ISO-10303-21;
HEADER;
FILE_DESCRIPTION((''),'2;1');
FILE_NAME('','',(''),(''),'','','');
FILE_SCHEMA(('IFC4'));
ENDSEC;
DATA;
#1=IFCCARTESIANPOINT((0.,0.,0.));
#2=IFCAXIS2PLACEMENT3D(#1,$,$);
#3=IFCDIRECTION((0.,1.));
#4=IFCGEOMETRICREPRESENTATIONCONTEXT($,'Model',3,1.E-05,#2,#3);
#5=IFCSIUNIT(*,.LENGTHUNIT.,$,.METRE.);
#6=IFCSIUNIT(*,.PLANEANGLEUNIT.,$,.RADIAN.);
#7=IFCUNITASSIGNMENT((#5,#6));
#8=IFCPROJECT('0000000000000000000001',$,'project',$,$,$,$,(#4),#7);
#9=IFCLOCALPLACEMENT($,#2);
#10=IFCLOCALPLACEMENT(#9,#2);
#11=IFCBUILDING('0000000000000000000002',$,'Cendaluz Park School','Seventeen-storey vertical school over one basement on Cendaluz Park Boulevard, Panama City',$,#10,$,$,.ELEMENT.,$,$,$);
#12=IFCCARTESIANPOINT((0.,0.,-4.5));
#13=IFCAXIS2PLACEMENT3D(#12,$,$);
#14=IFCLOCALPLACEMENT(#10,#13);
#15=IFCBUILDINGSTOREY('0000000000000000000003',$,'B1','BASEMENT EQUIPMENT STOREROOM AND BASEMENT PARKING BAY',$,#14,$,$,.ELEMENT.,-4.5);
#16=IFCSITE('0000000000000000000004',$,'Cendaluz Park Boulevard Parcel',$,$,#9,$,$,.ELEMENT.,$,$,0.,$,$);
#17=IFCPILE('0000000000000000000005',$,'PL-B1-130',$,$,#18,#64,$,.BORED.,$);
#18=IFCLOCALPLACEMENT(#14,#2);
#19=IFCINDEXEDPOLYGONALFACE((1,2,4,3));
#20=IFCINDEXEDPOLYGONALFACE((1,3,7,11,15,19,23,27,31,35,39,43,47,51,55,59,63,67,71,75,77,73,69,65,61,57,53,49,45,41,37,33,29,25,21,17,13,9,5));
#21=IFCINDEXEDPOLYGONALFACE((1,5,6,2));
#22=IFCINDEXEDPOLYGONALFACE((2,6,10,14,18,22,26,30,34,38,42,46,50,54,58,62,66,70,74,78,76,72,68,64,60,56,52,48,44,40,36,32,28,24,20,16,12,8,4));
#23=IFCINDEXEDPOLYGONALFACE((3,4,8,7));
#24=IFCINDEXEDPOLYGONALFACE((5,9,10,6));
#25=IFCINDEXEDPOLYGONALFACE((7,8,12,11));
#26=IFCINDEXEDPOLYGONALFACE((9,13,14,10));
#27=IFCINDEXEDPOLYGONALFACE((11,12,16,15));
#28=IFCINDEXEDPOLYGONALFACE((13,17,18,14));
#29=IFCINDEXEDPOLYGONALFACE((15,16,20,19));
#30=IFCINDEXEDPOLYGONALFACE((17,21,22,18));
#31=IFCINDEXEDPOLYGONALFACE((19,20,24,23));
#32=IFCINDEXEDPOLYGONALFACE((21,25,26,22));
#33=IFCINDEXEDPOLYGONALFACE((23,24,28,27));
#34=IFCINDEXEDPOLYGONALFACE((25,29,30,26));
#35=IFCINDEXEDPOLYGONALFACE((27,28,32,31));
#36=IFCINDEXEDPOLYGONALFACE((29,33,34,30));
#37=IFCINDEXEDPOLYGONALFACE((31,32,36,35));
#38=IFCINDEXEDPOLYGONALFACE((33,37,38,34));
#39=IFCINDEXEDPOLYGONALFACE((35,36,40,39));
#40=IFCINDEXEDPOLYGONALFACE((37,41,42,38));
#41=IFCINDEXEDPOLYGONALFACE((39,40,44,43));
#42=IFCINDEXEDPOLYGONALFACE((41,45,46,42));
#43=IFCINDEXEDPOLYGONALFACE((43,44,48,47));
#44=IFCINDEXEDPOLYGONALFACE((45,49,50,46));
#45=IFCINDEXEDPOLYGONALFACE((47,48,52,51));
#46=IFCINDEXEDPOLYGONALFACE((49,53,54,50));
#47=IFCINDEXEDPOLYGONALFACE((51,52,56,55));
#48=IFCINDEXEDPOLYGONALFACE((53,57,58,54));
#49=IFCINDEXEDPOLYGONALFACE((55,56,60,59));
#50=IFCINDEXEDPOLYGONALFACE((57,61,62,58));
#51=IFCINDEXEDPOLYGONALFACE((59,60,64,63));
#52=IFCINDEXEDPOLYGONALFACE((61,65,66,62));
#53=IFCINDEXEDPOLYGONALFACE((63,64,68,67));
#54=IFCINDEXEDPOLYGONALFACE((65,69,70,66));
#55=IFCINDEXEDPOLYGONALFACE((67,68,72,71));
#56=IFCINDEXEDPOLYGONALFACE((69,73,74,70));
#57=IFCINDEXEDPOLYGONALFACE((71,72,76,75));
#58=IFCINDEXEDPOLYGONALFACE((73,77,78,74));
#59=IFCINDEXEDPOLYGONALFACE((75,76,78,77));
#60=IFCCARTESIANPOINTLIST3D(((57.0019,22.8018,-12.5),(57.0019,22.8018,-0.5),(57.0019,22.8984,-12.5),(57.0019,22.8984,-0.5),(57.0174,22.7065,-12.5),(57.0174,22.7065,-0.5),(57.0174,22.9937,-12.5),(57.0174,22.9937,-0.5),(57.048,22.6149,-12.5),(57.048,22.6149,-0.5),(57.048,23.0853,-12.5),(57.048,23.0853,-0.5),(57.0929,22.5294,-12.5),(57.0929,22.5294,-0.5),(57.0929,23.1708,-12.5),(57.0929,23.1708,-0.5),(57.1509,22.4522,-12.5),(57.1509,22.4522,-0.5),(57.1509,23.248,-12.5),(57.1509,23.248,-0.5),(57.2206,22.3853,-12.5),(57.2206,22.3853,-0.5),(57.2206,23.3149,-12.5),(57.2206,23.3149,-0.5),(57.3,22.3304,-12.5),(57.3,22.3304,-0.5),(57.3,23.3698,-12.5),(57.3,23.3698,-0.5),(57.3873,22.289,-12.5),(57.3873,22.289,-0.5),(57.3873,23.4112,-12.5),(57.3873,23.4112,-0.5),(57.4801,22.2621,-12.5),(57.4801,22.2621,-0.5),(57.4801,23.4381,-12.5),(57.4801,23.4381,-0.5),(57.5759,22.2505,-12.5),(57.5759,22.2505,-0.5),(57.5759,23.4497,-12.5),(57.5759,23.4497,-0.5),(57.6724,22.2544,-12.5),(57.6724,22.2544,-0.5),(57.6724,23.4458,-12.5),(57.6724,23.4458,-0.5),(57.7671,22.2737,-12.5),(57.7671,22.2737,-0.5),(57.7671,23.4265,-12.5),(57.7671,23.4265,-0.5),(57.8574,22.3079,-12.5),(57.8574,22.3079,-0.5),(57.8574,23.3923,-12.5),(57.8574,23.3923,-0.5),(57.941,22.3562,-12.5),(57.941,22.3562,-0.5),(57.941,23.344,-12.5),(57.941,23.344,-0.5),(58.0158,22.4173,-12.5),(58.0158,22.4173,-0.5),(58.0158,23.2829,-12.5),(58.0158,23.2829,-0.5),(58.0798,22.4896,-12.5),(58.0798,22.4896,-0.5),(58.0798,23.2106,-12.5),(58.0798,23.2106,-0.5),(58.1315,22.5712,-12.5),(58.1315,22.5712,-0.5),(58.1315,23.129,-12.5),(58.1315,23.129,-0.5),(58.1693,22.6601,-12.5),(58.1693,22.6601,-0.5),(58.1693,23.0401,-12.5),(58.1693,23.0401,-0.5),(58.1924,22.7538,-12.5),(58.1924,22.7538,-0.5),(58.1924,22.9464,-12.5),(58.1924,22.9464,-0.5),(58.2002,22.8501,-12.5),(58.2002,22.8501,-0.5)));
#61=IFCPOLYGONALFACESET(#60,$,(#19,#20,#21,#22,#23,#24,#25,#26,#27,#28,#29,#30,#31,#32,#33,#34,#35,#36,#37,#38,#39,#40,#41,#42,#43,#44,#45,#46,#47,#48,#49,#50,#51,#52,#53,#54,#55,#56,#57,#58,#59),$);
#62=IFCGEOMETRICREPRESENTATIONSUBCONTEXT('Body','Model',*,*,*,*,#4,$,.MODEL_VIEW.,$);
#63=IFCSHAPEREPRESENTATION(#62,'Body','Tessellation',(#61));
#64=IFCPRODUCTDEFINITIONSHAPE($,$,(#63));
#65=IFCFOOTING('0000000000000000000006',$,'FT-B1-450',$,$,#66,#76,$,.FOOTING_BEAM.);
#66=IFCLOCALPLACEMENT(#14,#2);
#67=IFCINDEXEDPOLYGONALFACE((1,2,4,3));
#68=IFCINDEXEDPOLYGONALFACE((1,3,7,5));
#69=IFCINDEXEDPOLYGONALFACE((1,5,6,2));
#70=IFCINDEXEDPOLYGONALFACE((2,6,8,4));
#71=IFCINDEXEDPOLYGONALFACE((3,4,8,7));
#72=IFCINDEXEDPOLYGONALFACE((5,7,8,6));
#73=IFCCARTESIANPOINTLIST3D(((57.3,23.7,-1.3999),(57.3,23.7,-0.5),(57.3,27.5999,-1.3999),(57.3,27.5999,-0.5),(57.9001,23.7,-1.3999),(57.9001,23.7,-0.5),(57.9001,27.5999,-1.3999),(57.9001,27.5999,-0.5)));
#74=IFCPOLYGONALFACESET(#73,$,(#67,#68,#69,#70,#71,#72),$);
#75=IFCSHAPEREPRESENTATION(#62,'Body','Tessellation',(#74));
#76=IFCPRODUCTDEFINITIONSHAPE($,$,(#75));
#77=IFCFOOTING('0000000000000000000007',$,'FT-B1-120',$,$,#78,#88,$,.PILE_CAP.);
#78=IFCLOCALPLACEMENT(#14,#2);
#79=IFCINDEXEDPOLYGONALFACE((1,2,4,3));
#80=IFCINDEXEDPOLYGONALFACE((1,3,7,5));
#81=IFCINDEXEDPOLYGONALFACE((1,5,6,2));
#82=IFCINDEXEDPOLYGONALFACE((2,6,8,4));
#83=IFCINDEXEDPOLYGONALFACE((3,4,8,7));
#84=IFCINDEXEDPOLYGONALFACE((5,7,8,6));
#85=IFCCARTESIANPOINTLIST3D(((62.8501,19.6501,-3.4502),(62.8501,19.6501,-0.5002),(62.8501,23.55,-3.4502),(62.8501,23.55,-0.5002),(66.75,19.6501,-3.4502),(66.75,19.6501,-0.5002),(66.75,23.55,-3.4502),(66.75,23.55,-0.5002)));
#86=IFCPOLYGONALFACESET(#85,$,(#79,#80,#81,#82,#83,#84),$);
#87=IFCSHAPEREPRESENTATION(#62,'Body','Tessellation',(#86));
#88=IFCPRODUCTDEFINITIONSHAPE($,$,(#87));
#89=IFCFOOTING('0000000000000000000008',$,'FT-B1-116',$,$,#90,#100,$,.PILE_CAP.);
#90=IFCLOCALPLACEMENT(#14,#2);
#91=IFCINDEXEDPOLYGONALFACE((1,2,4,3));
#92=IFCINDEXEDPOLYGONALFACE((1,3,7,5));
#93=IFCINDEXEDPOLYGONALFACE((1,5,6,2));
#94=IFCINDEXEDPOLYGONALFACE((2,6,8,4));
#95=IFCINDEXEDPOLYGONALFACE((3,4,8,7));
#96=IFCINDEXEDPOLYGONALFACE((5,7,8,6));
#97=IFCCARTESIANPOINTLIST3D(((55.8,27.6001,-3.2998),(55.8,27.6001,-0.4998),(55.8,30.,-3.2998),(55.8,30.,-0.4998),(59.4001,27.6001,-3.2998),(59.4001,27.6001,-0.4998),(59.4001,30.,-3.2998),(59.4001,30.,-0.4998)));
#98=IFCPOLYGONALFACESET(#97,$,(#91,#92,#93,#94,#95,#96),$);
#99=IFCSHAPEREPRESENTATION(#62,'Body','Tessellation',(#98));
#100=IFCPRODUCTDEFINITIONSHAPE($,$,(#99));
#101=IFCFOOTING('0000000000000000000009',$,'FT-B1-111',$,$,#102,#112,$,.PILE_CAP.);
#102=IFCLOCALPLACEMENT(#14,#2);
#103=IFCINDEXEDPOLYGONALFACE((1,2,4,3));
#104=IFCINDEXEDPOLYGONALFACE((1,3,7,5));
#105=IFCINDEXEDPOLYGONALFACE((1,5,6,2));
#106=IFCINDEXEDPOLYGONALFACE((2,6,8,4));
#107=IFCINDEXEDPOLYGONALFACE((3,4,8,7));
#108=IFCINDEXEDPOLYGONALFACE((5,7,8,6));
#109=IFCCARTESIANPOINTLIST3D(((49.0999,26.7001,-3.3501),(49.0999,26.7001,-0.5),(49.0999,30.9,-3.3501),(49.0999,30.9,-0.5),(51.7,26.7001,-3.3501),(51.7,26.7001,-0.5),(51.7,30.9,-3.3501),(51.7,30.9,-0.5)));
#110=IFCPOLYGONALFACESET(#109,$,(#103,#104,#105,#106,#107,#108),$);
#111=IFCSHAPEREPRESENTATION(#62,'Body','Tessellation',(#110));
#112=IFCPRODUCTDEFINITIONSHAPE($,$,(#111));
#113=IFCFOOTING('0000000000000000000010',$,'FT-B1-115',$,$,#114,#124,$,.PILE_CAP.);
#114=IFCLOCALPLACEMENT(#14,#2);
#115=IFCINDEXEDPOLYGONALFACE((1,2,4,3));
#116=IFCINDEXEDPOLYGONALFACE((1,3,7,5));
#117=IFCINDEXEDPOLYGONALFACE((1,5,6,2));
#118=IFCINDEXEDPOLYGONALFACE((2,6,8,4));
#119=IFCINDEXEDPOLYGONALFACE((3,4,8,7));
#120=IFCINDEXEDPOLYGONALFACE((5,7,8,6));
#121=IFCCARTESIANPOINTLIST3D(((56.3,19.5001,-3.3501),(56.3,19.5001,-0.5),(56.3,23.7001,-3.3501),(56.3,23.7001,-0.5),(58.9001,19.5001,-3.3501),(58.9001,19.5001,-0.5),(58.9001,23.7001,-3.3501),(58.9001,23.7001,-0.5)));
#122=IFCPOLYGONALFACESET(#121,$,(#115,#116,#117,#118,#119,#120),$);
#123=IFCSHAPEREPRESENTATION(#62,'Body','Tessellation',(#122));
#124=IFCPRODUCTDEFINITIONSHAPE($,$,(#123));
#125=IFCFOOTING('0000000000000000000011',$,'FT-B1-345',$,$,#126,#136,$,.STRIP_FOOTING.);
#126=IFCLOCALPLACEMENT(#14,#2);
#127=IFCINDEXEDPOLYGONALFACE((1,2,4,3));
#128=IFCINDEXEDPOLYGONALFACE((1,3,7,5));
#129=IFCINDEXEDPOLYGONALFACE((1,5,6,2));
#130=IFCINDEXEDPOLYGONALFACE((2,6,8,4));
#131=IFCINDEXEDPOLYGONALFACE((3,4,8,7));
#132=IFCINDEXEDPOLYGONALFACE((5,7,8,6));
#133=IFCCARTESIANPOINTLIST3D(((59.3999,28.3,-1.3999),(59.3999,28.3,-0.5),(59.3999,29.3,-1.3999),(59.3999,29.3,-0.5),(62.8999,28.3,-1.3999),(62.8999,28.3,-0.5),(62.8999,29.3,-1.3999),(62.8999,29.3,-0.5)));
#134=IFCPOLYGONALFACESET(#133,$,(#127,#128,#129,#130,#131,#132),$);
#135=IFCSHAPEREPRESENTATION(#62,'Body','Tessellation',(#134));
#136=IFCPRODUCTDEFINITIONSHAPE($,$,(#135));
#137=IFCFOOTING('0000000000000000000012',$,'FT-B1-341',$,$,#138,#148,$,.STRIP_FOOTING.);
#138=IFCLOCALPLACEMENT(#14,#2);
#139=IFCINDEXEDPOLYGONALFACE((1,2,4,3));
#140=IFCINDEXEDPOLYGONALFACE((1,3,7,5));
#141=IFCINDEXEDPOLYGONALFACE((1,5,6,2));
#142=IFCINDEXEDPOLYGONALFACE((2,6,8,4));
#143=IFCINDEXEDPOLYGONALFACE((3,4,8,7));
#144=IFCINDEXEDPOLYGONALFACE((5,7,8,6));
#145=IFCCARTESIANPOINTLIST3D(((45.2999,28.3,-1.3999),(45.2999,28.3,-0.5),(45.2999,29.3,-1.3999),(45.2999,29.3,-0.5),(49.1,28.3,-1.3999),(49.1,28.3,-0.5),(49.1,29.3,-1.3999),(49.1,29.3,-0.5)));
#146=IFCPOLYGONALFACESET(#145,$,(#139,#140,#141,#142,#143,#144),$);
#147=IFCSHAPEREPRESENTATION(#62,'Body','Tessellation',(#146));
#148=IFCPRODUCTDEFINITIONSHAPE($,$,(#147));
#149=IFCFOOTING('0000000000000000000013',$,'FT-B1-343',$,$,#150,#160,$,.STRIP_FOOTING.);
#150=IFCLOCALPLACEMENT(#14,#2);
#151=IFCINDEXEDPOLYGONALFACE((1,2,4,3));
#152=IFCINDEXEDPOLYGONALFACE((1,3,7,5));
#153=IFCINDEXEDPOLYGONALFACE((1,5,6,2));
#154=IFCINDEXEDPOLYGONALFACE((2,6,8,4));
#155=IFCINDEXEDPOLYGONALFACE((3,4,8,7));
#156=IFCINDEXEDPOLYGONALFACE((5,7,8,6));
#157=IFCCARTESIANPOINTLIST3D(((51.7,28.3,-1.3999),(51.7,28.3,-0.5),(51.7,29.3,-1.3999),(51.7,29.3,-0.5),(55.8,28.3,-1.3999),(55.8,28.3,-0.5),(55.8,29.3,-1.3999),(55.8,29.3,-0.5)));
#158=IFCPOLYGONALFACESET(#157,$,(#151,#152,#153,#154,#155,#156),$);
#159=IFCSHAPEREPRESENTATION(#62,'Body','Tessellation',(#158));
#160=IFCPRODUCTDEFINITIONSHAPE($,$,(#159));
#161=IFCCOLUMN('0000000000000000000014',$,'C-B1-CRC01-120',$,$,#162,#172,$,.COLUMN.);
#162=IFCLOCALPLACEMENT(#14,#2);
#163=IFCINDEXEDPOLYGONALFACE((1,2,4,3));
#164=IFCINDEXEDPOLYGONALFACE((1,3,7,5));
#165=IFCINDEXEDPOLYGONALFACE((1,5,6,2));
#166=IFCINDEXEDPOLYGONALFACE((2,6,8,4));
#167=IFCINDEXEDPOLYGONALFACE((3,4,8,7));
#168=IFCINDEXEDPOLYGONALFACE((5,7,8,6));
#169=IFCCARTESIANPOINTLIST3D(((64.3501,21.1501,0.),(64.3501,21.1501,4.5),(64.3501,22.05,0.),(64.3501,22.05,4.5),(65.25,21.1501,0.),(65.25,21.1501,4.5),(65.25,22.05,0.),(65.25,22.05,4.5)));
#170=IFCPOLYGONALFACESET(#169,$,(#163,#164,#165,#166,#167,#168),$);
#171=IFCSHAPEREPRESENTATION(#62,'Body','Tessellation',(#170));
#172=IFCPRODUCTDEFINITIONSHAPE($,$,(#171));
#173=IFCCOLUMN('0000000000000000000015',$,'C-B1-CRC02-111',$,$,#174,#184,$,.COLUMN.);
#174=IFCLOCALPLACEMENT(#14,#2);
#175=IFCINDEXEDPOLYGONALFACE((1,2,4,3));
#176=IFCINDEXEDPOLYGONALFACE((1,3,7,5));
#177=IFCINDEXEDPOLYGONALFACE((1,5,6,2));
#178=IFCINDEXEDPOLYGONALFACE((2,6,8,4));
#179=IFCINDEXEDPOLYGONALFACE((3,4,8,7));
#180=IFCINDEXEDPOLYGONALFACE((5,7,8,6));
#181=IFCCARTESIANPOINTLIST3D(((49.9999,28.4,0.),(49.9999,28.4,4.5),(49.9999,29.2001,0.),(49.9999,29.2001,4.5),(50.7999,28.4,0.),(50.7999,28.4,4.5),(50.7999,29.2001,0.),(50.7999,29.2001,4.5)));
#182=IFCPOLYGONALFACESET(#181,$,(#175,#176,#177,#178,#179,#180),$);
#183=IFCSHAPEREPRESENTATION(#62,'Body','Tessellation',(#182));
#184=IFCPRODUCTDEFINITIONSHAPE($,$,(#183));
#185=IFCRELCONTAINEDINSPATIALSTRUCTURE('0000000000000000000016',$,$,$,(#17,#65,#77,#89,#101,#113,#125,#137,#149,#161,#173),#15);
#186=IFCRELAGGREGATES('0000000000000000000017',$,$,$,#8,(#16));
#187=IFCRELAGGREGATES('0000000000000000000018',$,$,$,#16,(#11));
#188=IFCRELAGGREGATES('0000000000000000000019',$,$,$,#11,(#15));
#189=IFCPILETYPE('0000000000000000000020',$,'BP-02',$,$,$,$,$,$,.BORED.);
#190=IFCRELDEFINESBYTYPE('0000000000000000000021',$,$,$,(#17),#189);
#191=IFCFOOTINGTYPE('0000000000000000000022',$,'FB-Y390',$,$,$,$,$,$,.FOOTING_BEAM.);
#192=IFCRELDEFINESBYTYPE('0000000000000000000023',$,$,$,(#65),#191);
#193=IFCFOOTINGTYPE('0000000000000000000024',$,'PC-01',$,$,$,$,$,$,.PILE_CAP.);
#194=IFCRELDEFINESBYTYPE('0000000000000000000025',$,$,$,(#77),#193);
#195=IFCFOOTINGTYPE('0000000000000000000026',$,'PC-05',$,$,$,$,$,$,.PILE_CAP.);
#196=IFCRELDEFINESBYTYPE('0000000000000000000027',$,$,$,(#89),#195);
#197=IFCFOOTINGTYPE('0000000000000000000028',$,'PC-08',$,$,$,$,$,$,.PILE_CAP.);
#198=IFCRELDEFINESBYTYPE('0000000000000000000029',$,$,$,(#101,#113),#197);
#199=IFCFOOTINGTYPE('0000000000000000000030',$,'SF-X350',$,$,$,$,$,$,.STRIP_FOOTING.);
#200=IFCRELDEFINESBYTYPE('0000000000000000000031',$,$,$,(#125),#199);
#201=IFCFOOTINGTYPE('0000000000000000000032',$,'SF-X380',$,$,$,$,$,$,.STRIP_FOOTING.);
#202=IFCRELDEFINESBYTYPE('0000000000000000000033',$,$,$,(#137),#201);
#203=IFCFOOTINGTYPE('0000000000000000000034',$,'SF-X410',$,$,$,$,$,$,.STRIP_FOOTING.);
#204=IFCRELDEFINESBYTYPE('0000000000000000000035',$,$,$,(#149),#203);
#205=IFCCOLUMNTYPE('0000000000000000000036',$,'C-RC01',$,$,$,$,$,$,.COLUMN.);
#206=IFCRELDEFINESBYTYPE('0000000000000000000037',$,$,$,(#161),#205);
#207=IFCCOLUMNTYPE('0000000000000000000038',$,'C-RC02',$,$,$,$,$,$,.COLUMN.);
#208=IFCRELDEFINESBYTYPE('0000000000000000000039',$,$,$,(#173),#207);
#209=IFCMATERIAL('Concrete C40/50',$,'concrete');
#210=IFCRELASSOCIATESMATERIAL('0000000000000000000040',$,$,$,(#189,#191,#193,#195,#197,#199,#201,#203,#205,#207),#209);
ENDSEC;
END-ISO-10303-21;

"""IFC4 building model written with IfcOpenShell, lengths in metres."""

from ifc_helpers import new_model, si_unit, direction, frame, origin, origin_2d, place, context, subcontext, project, spatial, rectangle, circle, extrude, material, material_profile, profile_set, type_object, element, save


model = new_model("IFC4")

# Units and contexts
model_context = context("Model", 3, precision=1e-05, world=origin(), true_north=direction((0.0, 1.0)))
body_context = subcontext(model_context, "Body", "Model", "MODEL_VIEW")
ifc_project = project(units=[si_unit("LENGTHUNIT", "METRE"), si_unit("PLANEANGLEUNIT", "RADIAN")], contexts=[model_context])

# Site, building, storey
site_placement = place(None, origin())
site = spatial("IfcSite", under=ifc_project, at=site_placement, Name="Cendaluz Park Boulevard Parcel", CompositionType="ELEMENT", RefElevation=0.0)
building_placement = place(site_placement, origin())
building = spatial("IfcBuilding", under=site, at=building_placement, Name="Cendaluz Park School", Description="Seventeen-storey vertical school over one basement on Cendaluz Park Boulevard, Panama City", CompositionType="ELEMENT")
storey_placement = place(building_placement, frame((0.0, 0.0, -4.5)))
storey = spatial("IfcBuildingStorey", under=building, at=storey_placement, Name="B1", Description="BASEMENT EQUIPMENT STOREROOM AND BASEMENT PARKING BAY", CompositionType="ELEMENT", Elevation=-4.5)

# Pile
ifc_material_1 = material(Name="Concrete C40/50", Category="concrete")
ifc_material_profile_1 = material_profile(ifc_material_1, circle(Radius=0.6001, at=origin_2d()), Name="BP D1200", Category="concrete")
ifc_profile_set_1 = profile_set([ifc_material_profile_1], Name="Concrete C40/50")
pile_type_1 = type_object("IfcPileType", Name="BP-02", PredefinedType="BORED", material=ifc_profile_set_1)
for number, where, z_axis, x_axis, name in (
    (1, (57.6001, 22.8501, -0.5), (0.0, 0.0, -1.0), (1.0, 0.0, 0.0), "PL-B1-130"),
):
    element("IfcPile", number, at=place(storey_placement, frame(where, z_axis=z_axis, x_axis=x_axis)), inside=storey, type_object=pile_type_1, Name=name, PredefinedType="BORED", context=body_context, shape_type="SweptSolid", body=[
        extrude(circle(Radius=0.6001, at=origin_2d()), origin(), (0.0, 0.0, 1.0), 12.0),
    ])

# Footings
footing_type_1 = type_object("IfcFootingType", Name="FB-Y390", PredefinedType="FOOTING_BEAM", material=ifc_material_1)
footing_1_placement = place(storey_placement, frame((57.6001, 25.6499, -1.3999), z_axis=(0.0, 0.0, 1.0), x_axis=(1.0, 0.0, 0.0)))
element("IfcFooting", 2, at=footing_1_placement, inside=storey, type_object=footing_type_1, Name="FT-B1-450", PredefinedType="FOOTING_BEAM", context=body_context, shape_type="SweptSolid", body=[
    extrude(rectangle(XDim=0.6001, YDim=3.8999, at=origin_2d()), origin(), (0.0, 0.0, 1.0), 0.8999),
])
footing_type_2 = type_object("IfcFootingType", Name="PC-01", PredefinedType="PILE_CAP", material=ifc_material_1)
footing_2_placement = place(storey_placement, frame((64.8, 21.6001, -3.4502), z_axis=(0.0, 0.0, 1.0), x_axis=(1.0, 0.0, 0.0)))
element("IfcFooting", 3, at=footing_2_placement, inside=storey, type_object=footing_type_2, Name="FT-B1-120", PredefinedType="PILE_CAP", context=body_context, shape_type="SweptSolid", body=[
    extrude(rectangle(XDim=3.8999, YDim=3.8999, at=origin_2d()), origin(), (0.0, 0.0, 1.0), 2.95),
])
footing_type_3 = type_object("IfcFootingType", Name="PC-05", PredefinedType="PILE_CAP", material=ifc_material_1)
footing_3_placement = place(storey_placement, frame((57.6001, 28.8, -3.2998), z_axis=(0.0, 0.0, 1.0), x_axis=(1.0, 0.0, 0.0)))
element("IfcFooting", 4, at=footing_3_placement, inside=storey, type_object=footing_type_3, Name="FT-B1-116", PredefinedType="PILE_CAP", context=body_context, shape_type="SweptSolid", body=[
    extrude(rectangle(XDim=3.6001, YDim=2.3999, at=origin_2d()), origin(), (0.0, 0.0, 1.0), 2.8),
])
footing_type_4 = type_object("IfcFootingType", Name="PC-08", PredefinedType="PILE_CAP", material=ifc_material_1)
for number, where, z_axis, x_axis, name in (
    (5, (50.3999, 28.8, -3.3501), (0.0, 0.0, 1.0), (1.0, 0.0, 0.0), "FT-B1-111"),
    (6, (57.6001, 21.6001, -3.3501), (0.0, 0.0, 1.0), (1.0, 0.0, 0.0), "FT-B1-115"),
):
    element("IfcFooting", number, at=place(storey_placement, frame(where, z_axis=z_axis, x_axis=x_axis)), inside=storey, type_object=footing_type_4, Name=name, PredefinedType="PILE_CAP", context=body_context, shape_type="SweptSolid", body=[
        extrude(rectangle(XDim=2.6001, YDim=4.2, at=origin_2d()), origin(), (0.0, 0.0, 1.0), 2.8501),
    ])
footing_type_5 = type_object("IfcFootingType", Name="SF-X350", PredefinedType="STRIP_FOOTING", material=ifc_material_1)
footing_4_placement = place(storey_placement, frame((61.1499, 28.8, -1.3999), z_axis=(0.0, 0.0, 1.0), x_axis=(1.0, 0.0, 0.0)))
element("IfcFooting", 7, at=footing_4_placement, inside=storey, type_object=footing_type_5, Name="FT-B1-345", PredefinedType="STRIP_FOOTING", context=body_context, shape_type="SweptSolid", body=[
    extrude(rectangle(XDim=3.5, YDim=1.0, at=origin_2d()), origin(), (0.0, 0.0, 1.0), 0.8999),
])
footing_type_6 = type_object("IfcFootingType", Name="SF-X380", PredefinedType="STRIP_FOOTING", material=ifc_material_1)
footing_5_placement = place(storey_placement, frame((47.2, 28.8, -1.3999), z_axis=(0.0, 0.0, 1.0), x_axis=(1.0, 0.0, 0.0)))
element("IfcFooting", 8, at=footing_5_placement, inside=storey, type_object=footing_type_6, Name="FT-B1-341", PredefinedType="STRIP_FOOTING", context=body_context, shape_type="SweptSolid", body=[
    extrude(rectangle(XDim=3.8, YDim=1.0, at=origin_2d()), origin(), (0.0, 0.0, 1.0), 0.8999),
])
footing_type_7 = type_object("IfcFootingType", Name="SF-X410", PredefinedType="STRIP_FOOTING", material=ifc_material_1)
footing_6_placement = place(storey_placement, frame((53.75, 28.8, -1.3999), z_axis=(0.0, 0.0, 1.0), x_axis=(1.0, 0.0, 0.0)))
element("IfcFooting", 9, at=footing_6_placement, inside=storey, type_object=footing_type_7, Name="FT-B1-343", PredefinedType="STRIP_FOOTING", context=body_context, shape_type="SweptSolid", body=[
    extrude(rectangle(XDim=4.1001, YDim=1.0, at=origin_2d()), origin(), (0.0, 0.0, 1.0), 0.8999),
])

# Columns
ifc_material_profile_2 = material_profile(ifc_material_1, rectangle(XDim=0.8999, YDim=0.8999, at=origin_2d()), Name="RC 900x900", Category="concrete")
ifc_profile_set_2 = profile_set([ifc_material_profile_2], Name="Concrete C40/50")
column_type_1 = type_object("IfcColumnType", Name="C-RC01", PredefinedType="COLUMN", material=ifc_profile_set_2)
column_placement = place(storey_placement, frame((64.8, 21.6001, 0.0), z_axis=(0.0, 0.0, 1.0), x_axis=(1.0, 0.0, 0.0)))
element("IfcColumn", 10, at=column_placement, inside=storey, type_object=column_type_1, Name="C-B1-CRC01-120", PredefinedType="COLUMN", context=body_context, shape_type="SweptSolid", body=[
    extrude(rectangle(XDim=0.8999, YDim=0.8999, at=origin_2d()), origin(), (0.0, 0.0, 1.0), 4.5),
])
ifc_material_profile_3 = material_profile(ifc_material_1, rectangle(XDim=0.8, YDim=0.8, at=origin_2d()), Name="RC 800x800", Category="concrete")
ifc_profile_set_3 = profile_set([ifc_material_profile_3], Name="Concrete C40/50")
column_type_2 = type_object("IfcColumnType", Name="C-RC02", PredefinedType="COLUMN", material=ifc_profile_set_3)
for number, where, z_axis, x_axis, name in (
    (11, (50.3999, 28.8, 0.0), (0.0, 0.0, 1.0), (1.0, 0.0, 0.0), "C-B1-CRC02-111"),
):
    element("IfcColumn", number, at=place(storey_placement, frame(where, z_axis=z_axis, x_axis=x_axis)), inside=storey, type_object=column_type_2, Name=name, PredefinedType="COLUMN", context=body_context, shape_type="SweptSolid", body=[
        extrude(rectangle(XDim=0.8, YDim=0.8, at=origin_2d()), origin(), (0.0, 0.0, 1.0), 4.5),
    ])

save(model, "model.ifc")
